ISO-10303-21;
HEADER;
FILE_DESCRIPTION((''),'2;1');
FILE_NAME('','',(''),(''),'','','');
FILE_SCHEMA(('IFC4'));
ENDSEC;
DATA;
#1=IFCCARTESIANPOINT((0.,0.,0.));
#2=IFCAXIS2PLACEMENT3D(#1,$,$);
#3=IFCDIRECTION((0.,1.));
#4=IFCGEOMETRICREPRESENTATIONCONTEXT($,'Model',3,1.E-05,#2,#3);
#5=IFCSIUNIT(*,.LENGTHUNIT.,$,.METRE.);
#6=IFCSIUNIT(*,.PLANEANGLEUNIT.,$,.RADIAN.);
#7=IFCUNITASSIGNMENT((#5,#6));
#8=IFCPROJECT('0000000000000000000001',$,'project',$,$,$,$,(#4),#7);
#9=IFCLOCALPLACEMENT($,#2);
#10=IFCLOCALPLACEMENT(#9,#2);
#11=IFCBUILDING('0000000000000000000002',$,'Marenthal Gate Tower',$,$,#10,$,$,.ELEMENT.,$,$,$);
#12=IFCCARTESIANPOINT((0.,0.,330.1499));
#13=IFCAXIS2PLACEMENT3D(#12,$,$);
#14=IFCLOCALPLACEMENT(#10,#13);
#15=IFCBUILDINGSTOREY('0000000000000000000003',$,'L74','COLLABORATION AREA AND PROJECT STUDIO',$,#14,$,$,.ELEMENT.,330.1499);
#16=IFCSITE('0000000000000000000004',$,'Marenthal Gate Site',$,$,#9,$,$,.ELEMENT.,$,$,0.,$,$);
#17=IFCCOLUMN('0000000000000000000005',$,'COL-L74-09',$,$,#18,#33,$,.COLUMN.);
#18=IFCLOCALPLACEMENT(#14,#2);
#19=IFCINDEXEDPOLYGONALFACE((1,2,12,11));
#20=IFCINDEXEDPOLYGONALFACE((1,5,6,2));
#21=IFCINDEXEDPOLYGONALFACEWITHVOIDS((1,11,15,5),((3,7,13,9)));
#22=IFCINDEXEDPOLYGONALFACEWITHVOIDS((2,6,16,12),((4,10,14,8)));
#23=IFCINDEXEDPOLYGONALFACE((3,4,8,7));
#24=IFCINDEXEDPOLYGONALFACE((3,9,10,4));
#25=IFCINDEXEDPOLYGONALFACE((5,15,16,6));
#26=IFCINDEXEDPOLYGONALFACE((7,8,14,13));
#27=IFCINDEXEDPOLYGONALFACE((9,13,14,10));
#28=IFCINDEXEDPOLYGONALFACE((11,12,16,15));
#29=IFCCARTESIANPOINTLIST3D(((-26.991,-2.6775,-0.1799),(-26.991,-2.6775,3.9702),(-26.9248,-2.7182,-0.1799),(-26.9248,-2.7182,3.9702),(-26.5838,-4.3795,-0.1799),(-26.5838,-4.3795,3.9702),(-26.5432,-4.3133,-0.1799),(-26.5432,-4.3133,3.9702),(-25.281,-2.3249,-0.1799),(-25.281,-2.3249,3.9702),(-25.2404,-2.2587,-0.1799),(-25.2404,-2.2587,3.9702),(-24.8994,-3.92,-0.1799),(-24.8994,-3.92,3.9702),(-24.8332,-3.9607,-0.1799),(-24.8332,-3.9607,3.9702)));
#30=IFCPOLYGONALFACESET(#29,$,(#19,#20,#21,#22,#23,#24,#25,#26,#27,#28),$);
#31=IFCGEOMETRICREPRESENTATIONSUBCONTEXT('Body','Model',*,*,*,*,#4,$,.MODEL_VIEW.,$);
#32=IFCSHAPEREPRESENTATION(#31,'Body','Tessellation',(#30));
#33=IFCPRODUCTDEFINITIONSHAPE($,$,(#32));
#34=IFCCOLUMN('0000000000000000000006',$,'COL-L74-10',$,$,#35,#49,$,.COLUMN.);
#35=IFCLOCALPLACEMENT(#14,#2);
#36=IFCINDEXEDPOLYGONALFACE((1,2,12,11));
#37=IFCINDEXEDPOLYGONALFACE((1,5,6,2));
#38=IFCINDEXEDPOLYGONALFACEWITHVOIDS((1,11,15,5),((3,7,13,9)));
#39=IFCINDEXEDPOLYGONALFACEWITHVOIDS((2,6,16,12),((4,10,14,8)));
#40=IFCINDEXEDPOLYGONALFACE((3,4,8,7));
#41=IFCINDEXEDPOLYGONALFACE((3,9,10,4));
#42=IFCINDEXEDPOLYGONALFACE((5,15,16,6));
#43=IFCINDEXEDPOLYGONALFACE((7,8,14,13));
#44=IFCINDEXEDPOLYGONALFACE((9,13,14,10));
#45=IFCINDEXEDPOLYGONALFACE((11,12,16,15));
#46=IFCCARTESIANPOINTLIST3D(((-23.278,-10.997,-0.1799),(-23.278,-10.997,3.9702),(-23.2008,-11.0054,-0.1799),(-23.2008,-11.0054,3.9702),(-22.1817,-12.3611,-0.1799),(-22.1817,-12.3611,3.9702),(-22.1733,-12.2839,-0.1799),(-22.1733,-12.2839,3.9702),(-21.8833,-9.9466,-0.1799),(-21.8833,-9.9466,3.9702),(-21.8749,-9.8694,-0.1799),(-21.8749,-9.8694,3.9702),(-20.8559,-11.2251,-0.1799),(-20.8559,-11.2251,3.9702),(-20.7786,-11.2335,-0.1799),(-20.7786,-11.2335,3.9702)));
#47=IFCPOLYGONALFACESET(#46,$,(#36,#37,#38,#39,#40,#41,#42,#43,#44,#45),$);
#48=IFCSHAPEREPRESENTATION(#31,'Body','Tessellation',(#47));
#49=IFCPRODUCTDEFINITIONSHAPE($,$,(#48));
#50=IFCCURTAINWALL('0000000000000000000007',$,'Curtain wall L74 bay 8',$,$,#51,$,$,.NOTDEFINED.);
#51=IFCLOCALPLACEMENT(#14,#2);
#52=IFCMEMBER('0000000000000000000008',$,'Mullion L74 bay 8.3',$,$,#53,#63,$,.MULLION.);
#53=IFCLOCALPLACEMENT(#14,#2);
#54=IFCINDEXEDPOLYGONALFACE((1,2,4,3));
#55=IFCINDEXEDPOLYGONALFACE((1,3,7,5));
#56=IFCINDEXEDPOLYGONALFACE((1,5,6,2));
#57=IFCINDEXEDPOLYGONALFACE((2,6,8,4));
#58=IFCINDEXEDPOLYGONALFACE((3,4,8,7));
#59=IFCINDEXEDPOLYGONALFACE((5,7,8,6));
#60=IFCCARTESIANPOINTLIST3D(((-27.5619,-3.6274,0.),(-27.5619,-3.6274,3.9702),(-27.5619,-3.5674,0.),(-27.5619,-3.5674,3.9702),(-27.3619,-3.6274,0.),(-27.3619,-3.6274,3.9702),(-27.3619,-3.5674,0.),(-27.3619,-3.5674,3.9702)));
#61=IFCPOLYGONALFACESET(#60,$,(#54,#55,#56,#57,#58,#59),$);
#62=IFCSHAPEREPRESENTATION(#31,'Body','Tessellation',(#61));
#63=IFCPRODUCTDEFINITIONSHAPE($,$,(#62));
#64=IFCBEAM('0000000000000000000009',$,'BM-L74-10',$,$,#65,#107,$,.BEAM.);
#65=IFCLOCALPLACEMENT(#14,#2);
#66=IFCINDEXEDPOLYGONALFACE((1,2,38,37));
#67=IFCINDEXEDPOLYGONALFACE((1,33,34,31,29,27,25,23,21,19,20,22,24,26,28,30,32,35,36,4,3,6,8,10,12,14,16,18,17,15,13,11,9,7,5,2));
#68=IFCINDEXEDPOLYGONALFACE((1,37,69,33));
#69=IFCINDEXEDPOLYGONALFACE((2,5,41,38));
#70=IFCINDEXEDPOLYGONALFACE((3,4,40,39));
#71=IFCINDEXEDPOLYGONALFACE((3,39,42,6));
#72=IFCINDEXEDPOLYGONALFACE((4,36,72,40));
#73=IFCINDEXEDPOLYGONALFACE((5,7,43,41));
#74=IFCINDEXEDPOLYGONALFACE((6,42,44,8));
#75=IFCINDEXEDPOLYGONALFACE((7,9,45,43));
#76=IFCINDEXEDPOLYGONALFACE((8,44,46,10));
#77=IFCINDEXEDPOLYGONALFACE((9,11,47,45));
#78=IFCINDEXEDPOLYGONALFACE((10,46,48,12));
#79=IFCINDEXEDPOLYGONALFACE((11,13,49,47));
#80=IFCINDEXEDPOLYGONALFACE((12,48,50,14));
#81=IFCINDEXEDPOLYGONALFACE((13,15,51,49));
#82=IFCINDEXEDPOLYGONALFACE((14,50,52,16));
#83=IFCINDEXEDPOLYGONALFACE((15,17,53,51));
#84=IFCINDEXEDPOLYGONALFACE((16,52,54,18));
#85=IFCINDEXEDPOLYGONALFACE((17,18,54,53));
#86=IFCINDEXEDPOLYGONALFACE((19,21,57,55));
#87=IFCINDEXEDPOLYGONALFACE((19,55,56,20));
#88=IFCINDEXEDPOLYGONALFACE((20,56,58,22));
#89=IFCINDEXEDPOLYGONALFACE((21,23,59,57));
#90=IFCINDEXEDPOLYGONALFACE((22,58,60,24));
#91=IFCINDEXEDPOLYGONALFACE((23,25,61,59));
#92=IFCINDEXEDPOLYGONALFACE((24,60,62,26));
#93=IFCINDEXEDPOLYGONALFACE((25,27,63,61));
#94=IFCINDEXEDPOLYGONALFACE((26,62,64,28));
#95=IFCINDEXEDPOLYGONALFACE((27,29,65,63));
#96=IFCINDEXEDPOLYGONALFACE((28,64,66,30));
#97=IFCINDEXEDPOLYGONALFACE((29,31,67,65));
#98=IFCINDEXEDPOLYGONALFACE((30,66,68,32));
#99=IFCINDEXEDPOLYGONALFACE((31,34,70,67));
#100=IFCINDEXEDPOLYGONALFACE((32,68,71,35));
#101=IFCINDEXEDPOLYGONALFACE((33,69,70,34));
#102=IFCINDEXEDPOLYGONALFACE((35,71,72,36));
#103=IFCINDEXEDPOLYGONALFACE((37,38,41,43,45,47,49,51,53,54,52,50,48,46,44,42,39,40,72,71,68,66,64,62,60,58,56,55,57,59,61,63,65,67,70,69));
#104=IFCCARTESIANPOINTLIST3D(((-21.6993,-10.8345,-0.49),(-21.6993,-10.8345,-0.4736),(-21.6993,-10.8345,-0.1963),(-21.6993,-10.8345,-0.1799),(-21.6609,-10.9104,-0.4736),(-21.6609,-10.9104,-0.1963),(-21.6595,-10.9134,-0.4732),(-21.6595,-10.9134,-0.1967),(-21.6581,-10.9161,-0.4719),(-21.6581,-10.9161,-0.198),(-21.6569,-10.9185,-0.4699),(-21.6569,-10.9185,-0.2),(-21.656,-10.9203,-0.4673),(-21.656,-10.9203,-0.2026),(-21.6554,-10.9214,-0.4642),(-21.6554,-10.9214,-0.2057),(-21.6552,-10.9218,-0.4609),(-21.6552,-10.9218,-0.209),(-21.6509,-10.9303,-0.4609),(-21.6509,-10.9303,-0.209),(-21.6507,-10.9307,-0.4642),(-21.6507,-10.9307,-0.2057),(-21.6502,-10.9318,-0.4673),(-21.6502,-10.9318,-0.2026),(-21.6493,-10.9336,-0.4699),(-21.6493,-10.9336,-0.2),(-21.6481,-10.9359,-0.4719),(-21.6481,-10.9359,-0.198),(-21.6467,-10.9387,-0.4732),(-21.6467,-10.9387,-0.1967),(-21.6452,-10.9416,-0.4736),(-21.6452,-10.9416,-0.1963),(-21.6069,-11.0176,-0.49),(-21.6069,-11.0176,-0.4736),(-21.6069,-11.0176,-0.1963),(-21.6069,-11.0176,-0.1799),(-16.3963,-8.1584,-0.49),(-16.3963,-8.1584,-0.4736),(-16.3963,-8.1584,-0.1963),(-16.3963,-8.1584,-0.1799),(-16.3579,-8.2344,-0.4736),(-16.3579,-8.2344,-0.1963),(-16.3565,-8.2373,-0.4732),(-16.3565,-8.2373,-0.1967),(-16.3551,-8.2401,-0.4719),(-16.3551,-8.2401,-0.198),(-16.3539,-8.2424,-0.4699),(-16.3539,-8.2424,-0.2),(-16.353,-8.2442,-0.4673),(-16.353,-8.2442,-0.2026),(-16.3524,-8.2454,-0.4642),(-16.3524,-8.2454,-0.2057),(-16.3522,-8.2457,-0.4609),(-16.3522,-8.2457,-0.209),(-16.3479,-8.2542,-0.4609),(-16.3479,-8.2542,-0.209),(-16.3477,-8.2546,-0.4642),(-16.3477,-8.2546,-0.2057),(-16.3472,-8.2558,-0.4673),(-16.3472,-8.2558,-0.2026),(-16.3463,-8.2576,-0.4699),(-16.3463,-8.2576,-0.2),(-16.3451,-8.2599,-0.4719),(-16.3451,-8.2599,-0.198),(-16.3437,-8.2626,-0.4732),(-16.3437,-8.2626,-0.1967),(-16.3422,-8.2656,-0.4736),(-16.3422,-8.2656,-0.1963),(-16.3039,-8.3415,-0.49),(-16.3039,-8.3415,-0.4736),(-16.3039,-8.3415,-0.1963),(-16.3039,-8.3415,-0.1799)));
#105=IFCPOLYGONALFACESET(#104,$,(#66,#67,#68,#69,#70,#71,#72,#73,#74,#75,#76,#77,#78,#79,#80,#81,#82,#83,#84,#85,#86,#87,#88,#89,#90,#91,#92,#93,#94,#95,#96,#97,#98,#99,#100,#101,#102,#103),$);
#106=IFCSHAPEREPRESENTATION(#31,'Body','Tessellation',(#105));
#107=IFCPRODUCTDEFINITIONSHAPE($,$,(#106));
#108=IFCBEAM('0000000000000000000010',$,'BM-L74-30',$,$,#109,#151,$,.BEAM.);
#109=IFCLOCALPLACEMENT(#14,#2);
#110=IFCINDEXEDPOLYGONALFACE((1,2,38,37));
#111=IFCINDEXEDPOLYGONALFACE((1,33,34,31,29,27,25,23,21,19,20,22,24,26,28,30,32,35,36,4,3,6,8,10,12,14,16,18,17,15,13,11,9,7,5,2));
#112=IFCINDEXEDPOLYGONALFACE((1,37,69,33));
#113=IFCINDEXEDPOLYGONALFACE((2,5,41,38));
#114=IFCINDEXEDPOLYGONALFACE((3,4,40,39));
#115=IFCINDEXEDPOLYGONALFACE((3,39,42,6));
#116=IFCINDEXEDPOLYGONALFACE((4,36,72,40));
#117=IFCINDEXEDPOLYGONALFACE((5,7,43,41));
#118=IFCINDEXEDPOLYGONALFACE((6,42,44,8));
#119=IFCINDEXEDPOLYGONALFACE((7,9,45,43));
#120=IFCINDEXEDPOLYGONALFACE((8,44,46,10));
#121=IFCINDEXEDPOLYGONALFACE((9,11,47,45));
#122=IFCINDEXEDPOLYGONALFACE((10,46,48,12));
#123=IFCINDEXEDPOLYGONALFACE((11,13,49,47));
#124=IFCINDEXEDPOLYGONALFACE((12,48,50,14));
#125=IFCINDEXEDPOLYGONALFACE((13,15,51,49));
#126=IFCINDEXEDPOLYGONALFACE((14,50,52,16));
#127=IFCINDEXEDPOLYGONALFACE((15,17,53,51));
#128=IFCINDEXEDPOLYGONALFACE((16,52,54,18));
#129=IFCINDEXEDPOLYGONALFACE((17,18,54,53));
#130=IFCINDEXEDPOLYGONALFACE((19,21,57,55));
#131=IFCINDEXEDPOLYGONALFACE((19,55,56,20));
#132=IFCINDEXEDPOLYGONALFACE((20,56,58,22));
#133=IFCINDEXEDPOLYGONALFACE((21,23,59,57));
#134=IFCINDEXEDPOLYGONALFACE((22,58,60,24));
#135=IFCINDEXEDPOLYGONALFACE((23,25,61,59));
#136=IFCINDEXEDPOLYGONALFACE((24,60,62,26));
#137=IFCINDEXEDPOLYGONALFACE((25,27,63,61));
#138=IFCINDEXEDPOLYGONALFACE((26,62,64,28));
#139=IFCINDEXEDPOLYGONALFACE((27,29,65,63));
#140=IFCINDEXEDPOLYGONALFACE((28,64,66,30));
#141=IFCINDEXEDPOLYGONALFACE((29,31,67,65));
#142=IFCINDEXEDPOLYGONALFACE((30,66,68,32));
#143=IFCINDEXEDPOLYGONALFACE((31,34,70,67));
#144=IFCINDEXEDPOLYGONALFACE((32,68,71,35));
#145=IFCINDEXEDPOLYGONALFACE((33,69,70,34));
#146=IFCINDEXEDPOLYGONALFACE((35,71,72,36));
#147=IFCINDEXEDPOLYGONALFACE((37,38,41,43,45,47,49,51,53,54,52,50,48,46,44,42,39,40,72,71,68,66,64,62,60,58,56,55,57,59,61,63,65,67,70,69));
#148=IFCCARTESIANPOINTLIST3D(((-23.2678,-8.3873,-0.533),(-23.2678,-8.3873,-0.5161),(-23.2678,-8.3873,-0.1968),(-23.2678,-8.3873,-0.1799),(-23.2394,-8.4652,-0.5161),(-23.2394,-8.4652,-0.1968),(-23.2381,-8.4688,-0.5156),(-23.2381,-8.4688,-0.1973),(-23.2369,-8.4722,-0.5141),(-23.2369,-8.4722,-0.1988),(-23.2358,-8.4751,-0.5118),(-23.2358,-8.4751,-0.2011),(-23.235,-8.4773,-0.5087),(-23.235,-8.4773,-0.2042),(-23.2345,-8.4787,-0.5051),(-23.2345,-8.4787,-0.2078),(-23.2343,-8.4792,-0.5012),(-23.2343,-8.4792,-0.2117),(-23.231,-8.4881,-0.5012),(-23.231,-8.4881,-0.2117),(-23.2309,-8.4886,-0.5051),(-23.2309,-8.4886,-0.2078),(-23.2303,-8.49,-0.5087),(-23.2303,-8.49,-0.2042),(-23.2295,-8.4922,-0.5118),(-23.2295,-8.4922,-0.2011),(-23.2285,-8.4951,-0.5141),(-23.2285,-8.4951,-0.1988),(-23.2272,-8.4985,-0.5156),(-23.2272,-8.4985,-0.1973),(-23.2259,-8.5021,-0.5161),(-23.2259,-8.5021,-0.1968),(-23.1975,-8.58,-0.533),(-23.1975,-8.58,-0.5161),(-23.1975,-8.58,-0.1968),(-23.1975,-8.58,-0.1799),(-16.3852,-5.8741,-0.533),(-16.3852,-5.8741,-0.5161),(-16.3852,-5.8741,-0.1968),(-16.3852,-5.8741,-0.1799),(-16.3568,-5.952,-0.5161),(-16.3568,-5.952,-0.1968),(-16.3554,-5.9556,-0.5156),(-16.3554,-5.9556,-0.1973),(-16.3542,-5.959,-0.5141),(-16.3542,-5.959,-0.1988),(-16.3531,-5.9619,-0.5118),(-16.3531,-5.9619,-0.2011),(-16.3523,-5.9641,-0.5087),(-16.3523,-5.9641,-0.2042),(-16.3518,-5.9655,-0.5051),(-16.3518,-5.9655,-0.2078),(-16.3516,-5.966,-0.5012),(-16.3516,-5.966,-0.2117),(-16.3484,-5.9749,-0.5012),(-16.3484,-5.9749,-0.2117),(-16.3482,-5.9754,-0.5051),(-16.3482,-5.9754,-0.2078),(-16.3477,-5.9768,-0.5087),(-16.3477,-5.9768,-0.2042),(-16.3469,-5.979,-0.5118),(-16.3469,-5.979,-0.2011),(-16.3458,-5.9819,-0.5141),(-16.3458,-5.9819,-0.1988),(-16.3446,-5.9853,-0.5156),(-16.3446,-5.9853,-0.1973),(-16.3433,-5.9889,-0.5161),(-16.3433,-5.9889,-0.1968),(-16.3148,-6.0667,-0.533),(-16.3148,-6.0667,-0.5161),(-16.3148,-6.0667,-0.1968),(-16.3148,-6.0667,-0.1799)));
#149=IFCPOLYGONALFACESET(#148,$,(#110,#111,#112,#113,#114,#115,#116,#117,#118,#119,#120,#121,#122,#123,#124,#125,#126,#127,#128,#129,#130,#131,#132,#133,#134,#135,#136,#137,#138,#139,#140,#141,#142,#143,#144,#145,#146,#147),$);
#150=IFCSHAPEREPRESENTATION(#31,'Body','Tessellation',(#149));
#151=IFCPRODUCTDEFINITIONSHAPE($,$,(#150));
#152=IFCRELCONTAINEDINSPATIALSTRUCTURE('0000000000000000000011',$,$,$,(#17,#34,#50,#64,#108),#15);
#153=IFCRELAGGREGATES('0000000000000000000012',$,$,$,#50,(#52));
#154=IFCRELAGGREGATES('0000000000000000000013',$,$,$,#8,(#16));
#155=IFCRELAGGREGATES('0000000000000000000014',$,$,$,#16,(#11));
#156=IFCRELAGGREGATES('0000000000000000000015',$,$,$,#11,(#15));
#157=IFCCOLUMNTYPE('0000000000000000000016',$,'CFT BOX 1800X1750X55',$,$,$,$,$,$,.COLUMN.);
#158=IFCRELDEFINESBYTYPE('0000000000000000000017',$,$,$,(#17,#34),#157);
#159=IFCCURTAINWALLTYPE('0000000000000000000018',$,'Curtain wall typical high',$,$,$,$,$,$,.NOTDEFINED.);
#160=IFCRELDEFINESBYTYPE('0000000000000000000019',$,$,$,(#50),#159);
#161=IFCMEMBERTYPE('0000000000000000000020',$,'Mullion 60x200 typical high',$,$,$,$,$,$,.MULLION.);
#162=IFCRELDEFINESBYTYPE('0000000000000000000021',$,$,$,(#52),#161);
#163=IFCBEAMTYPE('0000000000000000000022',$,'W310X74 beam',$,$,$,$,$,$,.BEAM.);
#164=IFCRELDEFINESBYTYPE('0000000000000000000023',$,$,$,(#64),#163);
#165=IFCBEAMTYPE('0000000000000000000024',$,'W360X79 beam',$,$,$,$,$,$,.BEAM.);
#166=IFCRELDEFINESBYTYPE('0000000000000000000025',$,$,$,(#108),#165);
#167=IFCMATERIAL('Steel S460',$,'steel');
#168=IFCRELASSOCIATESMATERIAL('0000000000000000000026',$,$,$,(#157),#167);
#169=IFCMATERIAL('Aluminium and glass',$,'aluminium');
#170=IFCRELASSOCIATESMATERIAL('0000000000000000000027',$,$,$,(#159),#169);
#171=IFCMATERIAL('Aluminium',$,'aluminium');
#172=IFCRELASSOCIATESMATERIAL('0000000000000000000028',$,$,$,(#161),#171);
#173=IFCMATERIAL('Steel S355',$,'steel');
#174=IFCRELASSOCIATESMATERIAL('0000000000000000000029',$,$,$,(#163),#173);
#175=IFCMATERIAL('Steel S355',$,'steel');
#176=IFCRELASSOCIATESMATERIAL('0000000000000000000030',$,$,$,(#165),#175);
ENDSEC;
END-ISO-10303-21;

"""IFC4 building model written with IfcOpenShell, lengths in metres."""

from ifc_helpers import new_model, si_unit, direction, frame, origin, origin_2d, place, context, subcontext, project, spatial, rectangle, hollow_rectangle, i_section, extrude, material, material_profile, profile_set, type_object, element, aggregate, save


model = new_model("IFC4")

# Units and contexts
model_context = context("Model", 3, precision=1e-05, world=origin(), true_north=direction((0.0, 1.0)))
body_context = subcontext(model_context, "Body", "Model", "MODEL_VIEW")
ifc_project = project(units=[si_unit("LENGTHUNIT", "METRE"), si_unit("PLANEANGLEUNIT", "RADIAN")], contexts=[model_context])

# Site, building, storey
site_placement = place(None, origin())
site = spatial("IfcSite", under=ifc_project, at=site_placement, Name="Marenthal Gate Site", CompositionType="ELEMENT", RefElevation=0.0)
building_placement = place(site_placement, origin())
building = spatial("IfcBuilding", under=site, at=building_placement, Name="Marenthal Gate Tower", CompositionType="ELEMENT")
storey_placement = place(building_placement, frame((0.0, 0.0, 330.1499)))
storey = spatial("IfcBuildingStorey", under=building, at=storey_placement, Name="L74", Description="COLLABORATION AREA AND PROJECT STUDIO", CompositionType="ELEMENT", Elevation=330.1499)

# Columns
ifc_material_1 = material(Name="Steel S460", Category="steel")
ifc_material_profile_1 = material_profile(ifc_material_1, hollow_rectangle(XDim=1.75, YDim=1.8, WallThickness=0.0549, at=origin_2d()), Name="CFT BOX 1800X1750X55")
ifc_material_2 = material(Name="Concrete 70 MPa", Category="concrete")
ifc_material_profile_2 = material_profile(ifc_material_2, rectangle(XDim=1.6399, YDim=1.6899, at=origin_2d()), Name="CFT BOX 1800X1750X55 INFILL")
ifc_profile_set_1 = profile_set([ifc_material_profile_1, ifc_material_profile_2], Name="Steel S460 shell, Concrete 70 MPa infill")
column_type = type_object("IfcColumnType", Name="CFT BOX 1800X1750X55", PredefinedType="COLUMN", material=ifc_profile_set_1)
for number, where, z_axis, x_axis, name in (
    (1, (-25.9121, -3.3191, -0.1799), (0.0, 0.0, 1.0), (-0.232677, 0.972554, 0.0), "COL-L74-09"),
    (2, (-22.0283, -11.1152, -0.1799), (0.0, 0.0, 1.0), (-0.626431, 0.779477, 0.0), "COL-L74-10"),
):
    element("IfcColumn", number, at=place(storey_placement, frame(where, z_axis=z_axis, x_axis=x_axis)), inside=storey, type_object=column_type, Name=name, PredefinedType="COLUMN", context=body_context, shape_type="SweptSolid", body=[
        extrude(hollow_rectangle(XDim=1.75, YDim=1.8, WallThickness=0.0549, at=origin_2d()), origin(), (0.0, 0.0, 1.0), 4.1501),
    ])

# Curtain wall, member
ifc_material_3 = material(Name="Aluminium and glass", Category="aluminium")
curtain_wall_type = type_object("IfcCurtainWallType", Name="Curtain wall typical high", PredefinedType="NOTDEFINED", material=ifc_material_3)
curtain_wall_placement = place(storey_placement, origin())
curtain_wall = element("IfcCurtainWall", 3, at=curtain_wall_placement, inside=storey, type_object=curtain_wall_type, Name="Curtain wall L74 bay 8", PredefinedType="NOTDEFINED")
ifc_material_4 = material(Name="Aluminium", Category="aluminium")
ifc_material_profile_3 = material_profile(ifc_material_4, rectangle(XDim=0.2, YDim=0.0601, at=origin_2d()), Name="60x200 aluminium mullion")
ifc_profile_set_2 = profile_set([ifc_material_profile_3], Name="Aluminium")
member_type = type_object("IfcMemberType", Name="Mullion 60x200 typical high", PredefinedType="MULLION", material=ifc_profile_set_2)
member_placement = place(storey_placement, frame((-27.4619, -3.5974, 0.0), z_axis=(0.0, 0.0, 1.0), x_axis=(1.0, 0.0, 0.0)))
member = element("IfcMember", 4, at=member_placement, type_object=member_type, Name="Mullion L74 bay 8.3", PredefinedType="MULLION", context=body_context, shape_type="SweptSolid", body=[
    extrude(rectangle(XDim=0.2, YDim=0.0601, at=origin_2d()), origin(), (0.0, 0.0, 1.0), 3.9702),
])
aggregate(curtain_wall, [member])

# Beams
ifc_material_5 = material(Name="Steel S355", Category="steel")
ifc_material_profile_4 = material_profile(ifc_material_5, i_section(OverallWidth=0.2051, OverallDepth=0.3101, WebThickness=0.0095, FlangeThickness=0.0164, FilletRadius=0.0127, at=origin_2d()), Name="W310X74")
ifc_profile_set_3 = profile_set([ifc_material_profile_4], Name="Steel S355")
beam_type_1 = type_object("IfcBeamType", Name="W310X74 beam", PredefinedType="BEAM", material=ifc_profile_set_3)
beam_1_placement = place(storey_placement, frame((-21.6531, -10.926, -0.335), z_axis=(0.892769, 0.450515, 0.0), x_axis=(-0.450515, 0.892769, 0.0)))
element("IfcBeam", 5, at=beam_1_placement, inside=storey, type_object=beam_type_1, Name="BM-L74-10", PredefinedType="BEAM", context=body_context, shape_type="SweptSolid", body=[
    extrude(i_section(OverallWidth=0.2051, OverallDepth=0.3101, WebThickness=0.0095, FlangeThickness=0.0164, FilletRadius=0.0127, at=origin_2d()), origin(), (0.0, 0.0, 1.0), 5.9399),
])
ifc_material_6 = material(Name="Steel S355", Category="steel")
ifc_material_profile_5 = material_profile(ifc_material_6, i_section(OverallWidth=0.2051, OverallDepth=0.353, WebThickness=0.0095, FlangeThickness=0.0168, FilletRadius=0.0149, at=origin_2d()), Name="W360X79")
ifc_profile_set_4 = profile_set([ifc_material_profile_5], Name="Steel S355")
beam_type_2 = type_object("IfcBeamType", Name="W360X79 beam", PredefinedType="BEAM", material=ifc_profile_set_4)
beam_2_placement = place(storey_placement, frame((-23.2327, -8.4836, -0.3564), z_axis=(0.939335, 0.343, 0.0), x_axis=(-0.343, 0.939335, 0.0)))
element("IfcBeam", 6, at=beam_2_placement, inside=storey, type_object=beam_type_2, Name="BM-L74-30", PredefinedType="BEAM", context=body_context, shape_type="SweptSolid", body=[
    extrude(i_section(OverallWidth=0.2051, OverallDepth=0.353, WebThickness=0.0095, FlangeThickness=0.0168, FilletRadius=0.0149, at=origin_2d()), origin(), (0.0, 0.0, 1.0), 7.3271),
])

save(model, "model.ifc")
